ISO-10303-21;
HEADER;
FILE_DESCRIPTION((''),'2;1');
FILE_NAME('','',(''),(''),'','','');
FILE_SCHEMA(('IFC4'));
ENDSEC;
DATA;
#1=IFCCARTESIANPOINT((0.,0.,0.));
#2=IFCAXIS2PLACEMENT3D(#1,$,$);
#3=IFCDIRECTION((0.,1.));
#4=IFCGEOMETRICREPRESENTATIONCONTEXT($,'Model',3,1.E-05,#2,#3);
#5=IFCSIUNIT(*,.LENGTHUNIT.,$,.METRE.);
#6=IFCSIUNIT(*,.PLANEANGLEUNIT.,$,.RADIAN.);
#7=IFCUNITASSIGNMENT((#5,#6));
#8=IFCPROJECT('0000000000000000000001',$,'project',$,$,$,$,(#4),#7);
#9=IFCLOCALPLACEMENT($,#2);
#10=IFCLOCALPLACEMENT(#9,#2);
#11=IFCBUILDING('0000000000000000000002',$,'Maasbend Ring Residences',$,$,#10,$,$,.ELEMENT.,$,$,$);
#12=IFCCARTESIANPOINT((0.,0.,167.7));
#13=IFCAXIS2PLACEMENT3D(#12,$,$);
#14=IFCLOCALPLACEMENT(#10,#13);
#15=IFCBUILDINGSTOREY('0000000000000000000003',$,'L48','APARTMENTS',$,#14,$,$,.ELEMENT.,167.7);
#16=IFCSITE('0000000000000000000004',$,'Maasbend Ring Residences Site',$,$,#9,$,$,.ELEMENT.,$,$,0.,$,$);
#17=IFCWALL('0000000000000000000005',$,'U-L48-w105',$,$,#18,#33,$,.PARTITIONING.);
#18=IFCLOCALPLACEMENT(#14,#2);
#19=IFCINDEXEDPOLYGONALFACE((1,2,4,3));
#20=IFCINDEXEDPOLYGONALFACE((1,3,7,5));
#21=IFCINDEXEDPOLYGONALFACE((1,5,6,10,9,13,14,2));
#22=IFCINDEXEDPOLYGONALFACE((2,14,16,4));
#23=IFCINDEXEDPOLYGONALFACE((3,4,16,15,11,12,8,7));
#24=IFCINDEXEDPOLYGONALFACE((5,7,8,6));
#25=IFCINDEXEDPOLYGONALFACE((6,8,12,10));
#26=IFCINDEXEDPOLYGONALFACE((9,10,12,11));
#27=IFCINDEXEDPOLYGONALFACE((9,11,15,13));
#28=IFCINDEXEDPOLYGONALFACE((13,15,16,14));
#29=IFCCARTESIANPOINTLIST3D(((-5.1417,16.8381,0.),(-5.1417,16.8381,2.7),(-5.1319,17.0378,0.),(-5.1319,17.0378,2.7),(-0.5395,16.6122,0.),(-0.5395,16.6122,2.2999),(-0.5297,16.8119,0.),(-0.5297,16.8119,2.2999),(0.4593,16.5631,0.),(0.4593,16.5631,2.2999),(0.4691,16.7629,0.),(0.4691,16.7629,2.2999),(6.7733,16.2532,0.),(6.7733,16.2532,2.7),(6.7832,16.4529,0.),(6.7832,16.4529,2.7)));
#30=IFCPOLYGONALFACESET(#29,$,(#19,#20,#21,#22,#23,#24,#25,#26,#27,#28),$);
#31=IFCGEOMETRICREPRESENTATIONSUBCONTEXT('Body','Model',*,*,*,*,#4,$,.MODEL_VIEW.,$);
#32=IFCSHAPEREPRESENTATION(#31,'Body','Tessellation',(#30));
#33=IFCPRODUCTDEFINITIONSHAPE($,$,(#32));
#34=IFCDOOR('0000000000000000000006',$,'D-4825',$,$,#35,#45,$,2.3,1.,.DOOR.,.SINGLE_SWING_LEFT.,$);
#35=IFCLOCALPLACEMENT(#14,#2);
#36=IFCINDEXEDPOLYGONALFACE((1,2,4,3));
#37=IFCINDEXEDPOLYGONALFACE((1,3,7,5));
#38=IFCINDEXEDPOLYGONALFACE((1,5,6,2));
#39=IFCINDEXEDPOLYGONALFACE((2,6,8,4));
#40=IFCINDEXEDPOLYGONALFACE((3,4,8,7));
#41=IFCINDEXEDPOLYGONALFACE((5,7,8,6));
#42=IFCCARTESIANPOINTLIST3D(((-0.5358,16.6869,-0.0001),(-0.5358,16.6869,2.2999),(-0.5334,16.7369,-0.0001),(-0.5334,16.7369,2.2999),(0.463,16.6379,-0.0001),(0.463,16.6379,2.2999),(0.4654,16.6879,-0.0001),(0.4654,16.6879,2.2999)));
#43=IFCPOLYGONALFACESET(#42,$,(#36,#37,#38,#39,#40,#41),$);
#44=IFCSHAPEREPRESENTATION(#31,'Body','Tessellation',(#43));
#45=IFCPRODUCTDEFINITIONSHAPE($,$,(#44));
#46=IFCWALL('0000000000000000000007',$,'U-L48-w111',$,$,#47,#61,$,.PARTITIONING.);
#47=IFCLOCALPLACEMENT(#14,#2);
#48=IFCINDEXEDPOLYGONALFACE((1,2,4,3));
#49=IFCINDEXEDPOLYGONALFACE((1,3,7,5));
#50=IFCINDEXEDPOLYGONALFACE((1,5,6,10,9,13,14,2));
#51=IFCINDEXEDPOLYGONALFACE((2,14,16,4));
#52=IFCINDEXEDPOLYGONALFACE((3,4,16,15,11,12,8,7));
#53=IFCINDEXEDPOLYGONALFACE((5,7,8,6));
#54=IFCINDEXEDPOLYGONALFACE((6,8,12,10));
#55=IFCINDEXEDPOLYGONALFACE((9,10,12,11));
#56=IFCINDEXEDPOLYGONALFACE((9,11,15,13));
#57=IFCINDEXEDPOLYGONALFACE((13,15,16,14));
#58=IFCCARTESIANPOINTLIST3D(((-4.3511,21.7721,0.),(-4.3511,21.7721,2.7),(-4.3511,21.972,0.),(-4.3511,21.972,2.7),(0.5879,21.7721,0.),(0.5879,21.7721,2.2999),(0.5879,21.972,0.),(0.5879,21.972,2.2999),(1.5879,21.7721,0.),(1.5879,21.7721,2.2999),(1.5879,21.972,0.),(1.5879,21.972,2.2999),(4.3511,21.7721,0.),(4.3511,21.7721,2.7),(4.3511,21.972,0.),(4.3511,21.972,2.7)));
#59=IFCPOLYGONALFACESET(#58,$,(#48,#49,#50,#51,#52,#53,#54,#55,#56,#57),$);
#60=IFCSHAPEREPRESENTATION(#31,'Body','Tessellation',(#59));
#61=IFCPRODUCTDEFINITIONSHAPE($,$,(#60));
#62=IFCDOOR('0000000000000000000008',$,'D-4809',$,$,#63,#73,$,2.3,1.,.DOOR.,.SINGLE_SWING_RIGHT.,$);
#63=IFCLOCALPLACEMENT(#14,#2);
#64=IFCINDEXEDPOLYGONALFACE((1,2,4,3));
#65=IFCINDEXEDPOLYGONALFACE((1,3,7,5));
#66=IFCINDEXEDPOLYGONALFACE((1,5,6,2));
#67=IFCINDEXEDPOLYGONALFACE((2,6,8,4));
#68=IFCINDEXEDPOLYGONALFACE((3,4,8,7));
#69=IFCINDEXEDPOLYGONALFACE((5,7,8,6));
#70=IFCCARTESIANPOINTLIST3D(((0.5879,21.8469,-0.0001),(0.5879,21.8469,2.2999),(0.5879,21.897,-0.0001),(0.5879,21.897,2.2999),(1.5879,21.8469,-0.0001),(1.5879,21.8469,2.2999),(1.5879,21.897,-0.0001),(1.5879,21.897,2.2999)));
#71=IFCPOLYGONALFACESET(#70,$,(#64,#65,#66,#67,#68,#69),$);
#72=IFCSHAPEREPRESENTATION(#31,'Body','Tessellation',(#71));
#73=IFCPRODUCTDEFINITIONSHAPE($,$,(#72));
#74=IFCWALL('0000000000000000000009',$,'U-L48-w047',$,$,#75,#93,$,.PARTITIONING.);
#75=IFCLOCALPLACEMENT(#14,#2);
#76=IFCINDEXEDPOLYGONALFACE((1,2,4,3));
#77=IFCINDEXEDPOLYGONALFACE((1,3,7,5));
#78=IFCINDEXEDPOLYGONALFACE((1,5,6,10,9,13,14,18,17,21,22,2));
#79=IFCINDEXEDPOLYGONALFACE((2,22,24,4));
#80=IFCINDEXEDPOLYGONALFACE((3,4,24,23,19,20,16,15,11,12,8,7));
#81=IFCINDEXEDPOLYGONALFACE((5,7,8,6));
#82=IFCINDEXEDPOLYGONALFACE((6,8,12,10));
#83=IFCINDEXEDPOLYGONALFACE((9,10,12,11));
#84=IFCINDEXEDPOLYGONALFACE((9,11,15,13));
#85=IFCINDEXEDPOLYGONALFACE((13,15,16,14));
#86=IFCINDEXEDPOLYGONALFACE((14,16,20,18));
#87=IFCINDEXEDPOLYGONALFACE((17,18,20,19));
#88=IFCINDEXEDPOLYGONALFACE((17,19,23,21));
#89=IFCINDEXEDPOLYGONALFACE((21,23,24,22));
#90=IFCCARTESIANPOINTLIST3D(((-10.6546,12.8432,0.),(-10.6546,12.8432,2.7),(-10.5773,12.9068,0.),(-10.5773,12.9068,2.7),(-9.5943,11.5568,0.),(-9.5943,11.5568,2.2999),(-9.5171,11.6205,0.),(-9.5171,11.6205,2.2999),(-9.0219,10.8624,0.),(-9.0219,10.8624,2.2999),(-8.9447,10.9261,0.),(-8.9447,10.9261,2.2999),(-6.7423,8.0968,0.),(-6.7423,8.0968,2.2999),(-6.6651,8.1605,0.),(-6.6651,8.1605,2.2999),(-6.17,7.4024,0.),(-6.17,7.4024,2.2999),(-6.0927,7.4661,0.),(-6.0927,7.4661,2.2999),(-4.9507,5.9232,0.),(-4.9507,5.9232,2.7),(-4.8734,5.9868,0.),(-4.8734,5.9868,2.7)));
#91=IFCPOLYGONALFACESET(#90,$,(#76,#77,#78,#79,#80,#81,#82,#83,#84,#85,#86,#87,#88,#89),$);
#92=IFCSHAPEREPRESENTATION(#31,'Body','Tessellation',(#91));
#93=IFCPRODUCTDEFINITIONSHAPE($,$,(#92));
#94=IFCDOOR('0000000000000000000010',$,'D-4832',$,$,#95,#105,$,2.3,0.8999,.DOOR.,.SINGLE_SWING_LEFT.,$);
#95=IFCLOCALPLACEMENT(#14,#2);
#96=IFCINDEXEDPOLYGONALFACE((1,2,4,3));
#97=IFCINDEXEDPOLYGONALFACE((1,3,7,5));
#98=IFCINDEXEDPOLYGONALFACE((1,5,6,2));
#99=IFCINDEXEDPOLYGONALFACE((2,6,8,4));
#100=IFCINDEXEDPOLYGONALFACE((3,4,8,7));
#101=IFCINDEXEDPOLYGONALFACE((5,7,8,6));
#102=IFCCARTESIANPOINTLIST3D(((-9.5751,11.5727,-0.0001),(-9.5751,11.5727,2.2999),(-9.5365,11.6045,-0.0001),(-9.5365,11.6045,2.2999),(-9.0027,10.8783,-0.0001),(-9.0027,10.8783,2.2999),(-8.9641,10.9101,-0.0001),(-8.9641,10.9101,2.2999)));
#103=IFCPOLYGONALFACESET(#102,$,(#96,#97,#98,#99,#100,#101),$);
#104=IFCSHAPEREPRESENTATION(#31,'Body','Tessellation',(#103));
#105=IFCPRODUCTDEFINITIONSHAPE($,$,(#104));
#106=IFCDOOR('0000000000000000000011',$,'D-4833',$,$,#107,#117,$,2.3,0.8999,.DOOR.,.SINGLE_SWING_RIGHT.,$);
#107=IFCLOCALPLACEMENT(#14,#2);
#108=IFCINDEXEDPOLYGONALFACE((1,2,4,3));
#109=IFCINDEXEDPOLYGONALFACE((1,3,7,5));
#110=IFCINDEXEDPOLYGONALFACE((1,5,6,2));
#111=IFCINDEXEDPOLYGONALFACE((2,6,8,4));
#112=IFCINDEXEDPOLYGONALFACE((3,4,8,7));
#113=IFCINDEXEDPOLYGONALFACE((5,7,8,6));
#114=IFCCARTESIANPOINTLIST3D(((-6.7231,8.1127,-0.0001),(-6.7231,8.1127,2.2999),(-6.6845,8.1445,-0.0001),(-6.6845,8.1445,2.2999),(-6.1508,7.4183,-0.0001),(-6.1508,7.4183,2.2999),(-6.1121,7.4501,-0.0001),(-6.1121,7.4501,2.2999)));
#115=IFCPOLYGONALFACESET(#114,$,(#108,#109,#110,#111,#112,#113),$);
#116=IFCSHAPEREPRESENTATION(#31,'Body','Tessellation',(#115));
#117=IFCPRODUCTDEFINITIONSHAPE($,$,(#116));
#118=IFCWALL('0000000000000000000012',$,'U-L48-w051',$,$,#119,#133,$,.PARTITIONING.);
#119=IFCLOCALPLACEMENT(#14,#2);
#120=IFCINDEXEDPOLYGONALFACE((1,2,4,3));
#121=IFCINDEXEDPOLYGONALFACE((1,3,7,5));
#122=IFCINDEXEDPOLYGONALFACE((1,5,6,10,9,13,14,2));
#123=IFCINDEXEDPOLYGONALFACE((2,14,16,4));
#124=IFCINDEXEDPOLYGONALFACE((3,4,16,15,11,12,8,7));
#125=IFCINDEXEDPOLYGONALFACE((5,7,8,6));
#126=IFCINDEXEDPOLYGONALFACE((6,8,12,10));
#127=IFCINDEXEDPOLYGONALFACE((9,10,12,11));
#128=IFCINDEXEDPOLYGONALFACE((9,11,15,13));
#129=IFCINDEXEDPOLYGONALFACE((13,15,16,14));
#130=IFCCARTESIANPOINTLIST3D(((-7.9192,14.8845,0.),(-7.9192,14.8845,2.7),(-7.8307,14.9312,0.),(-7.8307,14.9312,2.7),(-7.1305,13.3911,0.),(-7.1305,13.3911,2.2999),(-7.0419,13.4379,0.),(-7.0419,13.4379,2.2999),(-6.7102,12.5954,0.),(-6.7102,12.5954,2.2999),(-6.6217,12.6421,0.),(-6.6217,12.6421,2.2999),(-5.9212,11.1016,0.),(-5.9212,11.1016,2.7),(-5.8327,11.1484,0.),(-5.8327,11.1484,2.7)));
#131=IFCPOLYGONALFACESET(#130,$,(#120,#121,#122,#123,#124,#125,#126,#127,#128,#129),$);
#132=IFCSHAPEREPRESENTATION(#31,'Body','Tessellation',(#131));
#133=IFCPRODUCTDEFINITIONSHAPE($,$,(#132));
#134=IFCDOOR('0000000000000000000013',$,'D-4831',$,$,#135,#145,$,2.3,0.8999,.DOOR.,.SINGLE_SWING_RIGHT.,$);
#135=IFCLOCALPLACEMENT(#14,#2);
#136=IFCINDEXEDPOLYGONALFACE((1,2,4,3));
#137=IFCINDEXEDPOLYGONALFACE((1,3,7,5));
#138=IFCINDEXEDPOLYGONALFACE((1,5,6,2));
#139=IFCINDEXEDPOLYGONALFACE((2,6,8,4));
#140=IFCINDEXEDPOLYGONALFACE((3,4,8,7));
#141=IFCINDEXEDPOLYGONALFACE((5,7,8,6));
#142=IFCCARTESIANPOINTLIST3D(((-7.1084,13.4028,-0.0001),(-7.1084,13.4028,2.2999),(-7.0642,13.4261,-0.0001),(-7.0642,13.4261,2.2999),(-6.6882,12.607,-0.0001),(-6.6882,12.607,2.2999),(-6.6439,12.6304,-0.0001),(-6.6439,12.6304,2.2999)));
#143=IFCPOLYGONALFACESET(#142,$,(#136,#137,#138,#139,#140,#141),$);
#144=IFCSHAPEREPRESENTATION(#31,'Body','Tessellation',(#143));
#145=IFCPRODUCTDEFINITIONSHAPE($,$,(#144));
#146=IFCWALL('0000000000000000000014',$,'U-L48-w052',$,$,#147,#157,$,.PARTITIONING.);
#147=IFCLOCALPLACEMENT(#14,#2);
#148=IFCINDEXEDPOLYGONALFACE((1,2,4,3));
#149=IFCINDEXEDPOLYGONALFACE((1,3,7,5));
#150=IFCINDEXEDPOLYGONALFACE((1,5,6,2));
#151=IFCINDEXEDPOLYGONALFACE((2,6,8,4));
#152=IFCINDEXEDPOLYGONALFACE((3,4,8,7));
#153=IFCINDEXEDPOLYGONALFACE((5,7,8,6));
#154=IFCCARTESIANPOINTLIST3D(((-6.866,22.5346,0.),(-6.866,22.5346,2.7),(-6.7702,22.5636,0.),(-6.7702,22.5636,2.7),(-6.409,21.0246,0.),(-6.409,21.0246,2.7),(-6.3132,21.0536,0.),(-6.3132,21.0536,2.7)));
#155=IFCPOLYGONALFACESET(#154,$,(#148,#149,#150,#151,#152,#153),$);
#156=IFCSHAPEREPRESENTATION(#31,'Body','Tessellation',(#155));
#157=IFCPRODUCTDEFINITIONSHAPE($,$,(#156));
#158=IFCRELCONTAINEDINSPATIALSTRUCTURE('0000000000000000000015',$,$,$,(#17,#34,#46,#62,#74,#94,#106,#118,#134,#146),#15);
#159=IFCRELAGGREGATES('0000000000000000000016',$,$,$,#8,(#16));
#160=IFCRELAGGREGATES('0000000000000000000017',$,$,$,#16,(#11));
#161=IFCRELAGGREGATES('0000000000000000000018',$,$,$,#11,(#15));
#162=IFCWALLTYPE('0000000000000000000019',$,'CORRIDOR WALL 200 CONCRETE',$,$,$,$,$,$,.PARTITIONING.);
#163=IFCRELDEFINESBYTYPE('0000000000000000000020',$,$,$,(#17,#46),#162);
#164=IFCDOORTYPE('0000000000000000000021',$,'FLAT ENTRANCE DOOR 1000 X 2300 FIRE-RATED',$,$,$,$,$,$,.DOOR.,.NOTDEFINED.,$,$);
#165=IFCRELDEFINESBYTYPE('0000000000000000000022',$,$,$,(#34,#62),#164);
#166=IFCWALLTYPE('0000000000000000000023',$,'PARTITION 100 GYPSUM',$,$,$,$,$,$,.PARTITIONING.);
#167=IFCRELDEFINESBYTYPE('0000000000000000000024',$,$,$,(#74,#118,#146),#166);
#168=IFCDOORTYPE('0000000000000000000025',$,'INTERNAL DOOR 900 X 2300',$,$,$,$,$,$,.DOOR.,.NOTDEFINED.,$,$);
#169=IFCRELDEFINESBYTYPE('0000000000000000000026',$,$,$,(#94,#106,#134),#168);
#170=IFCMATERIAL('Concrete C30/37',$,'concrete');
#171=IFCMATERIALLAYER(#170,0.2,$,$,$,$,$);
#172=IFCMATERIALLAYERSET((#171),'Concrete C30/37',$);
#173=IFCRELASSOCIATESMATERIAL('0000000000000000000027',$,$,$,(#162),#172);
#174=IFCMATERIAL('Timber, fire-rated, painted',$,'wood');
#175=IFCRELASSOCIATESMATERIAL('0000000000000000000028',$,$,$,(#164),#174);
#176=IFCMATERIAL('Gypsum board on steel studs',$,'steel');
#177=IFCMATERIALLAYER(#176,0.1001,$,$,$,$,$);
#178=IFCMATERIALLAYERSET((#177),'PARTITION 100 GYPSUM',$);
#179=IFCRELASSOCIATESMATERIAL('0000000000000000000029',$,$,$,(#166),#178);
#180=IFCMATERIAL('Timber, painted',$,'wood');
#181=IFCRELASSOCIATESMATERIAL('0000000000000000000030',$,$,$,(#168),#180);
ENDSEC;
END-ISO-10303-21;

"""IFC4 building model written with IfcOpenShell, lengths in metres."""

from ifc_helpers import new_model, si_unit, direction, frame, frame_2d, origin, place, context, subcontext, project, spatial, rectangle, extrude, material, layer, layer_set, type_object, element, fill, save


model = new_model("IFC4")

# Units and contexts
model_context = context("Model", 3, precision=1e-05, world=origin(), true_north=direction((0.0, 1.0)))
body_context = subcontext(model_context, "Body", "Model", "MODEL_VIEW")
ifc_project = project(units=[si_unit("LENGTHUNIT", "METRE"), si_unit("PLANEANGLEUNIT", "RADIAN")], contexts=[model_context])

# Site, building, storey
site_placement = place(None, origin())
site = spatial("IfcSite", under=ifc_project, at=site_placement, Name="Maasbend Ring Residences Site", CompositionType="ELEMENT", RefElevation=0.0)
building_placement = place(site_placement, origin())
building = spatial("IfcBuilding", under=site, at=building_placement, Name="Maasbend Ring Residences", CompositionType="ELEMENT")
storey_placement = place(building_placement, frame((0.0, 0.0, 167.7)))
storey = spatial("IfcBuildingStorey", under=building, at=storey_placement, Name="L48", Description="APARTMENTS", CompositionType="ELEMENT", Elevation=167.7)

# Walls, openings, doors
ifc_material_1 = material(Name="Concrete C30/37", Category="concrete")
ifc_layer_1 = layer(ifc_material_1, 0.2)
ifc_layer_set_1 = layer_set([ifc_layer_1], Name="Concrete C30/37")
wall_type_1 = type_object("IfcWallType", Name="CORRIDOR WALL 200 CONCRETE", PredefinedType="PARTITIONING", material=ifc_layer_set_1)
wall_1_placement = place(storey_placement, frame((-5.137, 16.938, 0.0), z_axis=(0.0, 0.0, 1.0), x_axis=(0.998797, -0.049035, 0.0)))
wall_1 = element("IfcWall", 1, at=wall_1_placement, inside=storey, type_object=wall_type_1, Name="U-L48-w105", PredefinedType="PARTITIONING", context=body_context, shape_type="SweptSolid", body=[
    extrude(rectangle(XDim=11.9294, YDim=0.2, at=frame_2d((5.9648, 0.0))), origin(), (0.0, 0.0, 1.0), 2.7),
])
opening_1_placement = place(wall_1_placement, frame((4.6079, 0.0, 0.0)))
opening_1 = element("IfcOpeningElement", 2, at=opening_1_placement, cuts=wall_1, PredefinedType="OPENING", context=body_context, shape_type="SweptSolid", body=[
    extrude(rectangle(XDim=1.0, YDim=2.3, at=frame_2d((0.5, 1.1499))), frame((0.0, 0.1099, 0.0), z_axis=(0.0, -1.0, 0.0), x_axis=(1.0, 0.0, 0.0)), (0.0, 0.0, 1.0), 0.22),
])
ifc_material_2 = material(Name="Timber, fire-rated, painted", Category="wood")
door_type_1 = type_object("IfcDoorType", Name="FLAT ENTRANCE DOOR 1000 X 2300 FIRE-RATED", OperationType="NOTDEFINED", PredefinedType="DOOR", material=ifc_material_2)
door_1_placement = place(opening_1_placement, origin())
door_1 = element("IfcDoor", 3, at=door_1_placement, inside=storey, type_object=door_type_1, Name="D-4825", OperationType="SINGLE_SWING_LEFT", OverallHeight=2.3, OverallWidth=1.0, PredefinedType="DOOR", context=body_context, shape_type="SweptSolid", body=[
    extrude(rectangle(XDim=1.0, YDim=2.3, at=frame_2d((0.5, 1.1499))), frame((0.0, 0.0249, 0.0), z_axis=(0.0, -1.0, 0.0), x_axis=(1.0, 0.0, 0.0)), (0.0, 0.0, 1.0), 0.05),
])
fill(opening_1, door_1)
wall_2_placement = place(storey_placement, frame((-4.3511, 21.8721, 0.0), z_axis=(0.0, 0.0, 1.0), x_axis=(1.0, 0.0, 0.0)))
wall_2 = element("IfcWall", 4, at=wall_2_placement, inside=storey, type_object=wall_type_1, Name="U-L48-w111", PredefinedType="PARTITIONING", context=body_context, shape_type="SweptSolid", body=[
    extrude(rectangle(XDim=8.7021, YDim=0.2, at=frame_2d((4.3511, 0.0))), origin(), (0.0, 0.0, 1.0), 2.7),
])
opening_2_placement = place(wall_2_placement, frame((4.939, 0.0, 0.0)))
opening_2 = element("IfcOpeningElement", 5, at=opening_2_placement, cuts=wall_2, PredefinedType="OPENING", context=body_context, shape_type="SweptSolid", body=[
    extrude(rectangle(XDim=1.0, YDim=2.3, at=frame_2d((0.5, 1.1499))), frame((0.0, 0.1099, 0.0), z_axis=(0.0, -1.0, 0.0), x_axis=(1.0, 0.0, 0.0)), (0.0, 0.0, 1.0), 0.22),
])
door_2_placement = place(opening_2_placement, origin())
door_2 = element("IfcDoor", 6, at=door_2_placement, inside=storey, type_object=door_type_1, Name="D-4809", OperationType="SINGLE_SWING_RIGHT", OverallHeight=2.3, OverallWidth=1.0, PredefinedType="DOOR", context=body_context, shape_type="SweptSolid", body=[
    extrude(rectangle(XDim=1.0, YDim=2.3, at=frame_2d((0.5, 1.1499))), frame((0.0, 0.0249, 0.0), z_axis=(0.0, -1.0, 0.0), x_axis=(1.0, 0.0, 0.0)), (0.0, 0.0, 1.0), 0.05),
])
fill(opening_2, door_2)

# Wall, openings, doors
ifc_material_3 = material(Name="Gypsum board on steel studs", Category="steel")
ifc_layer_2 = layer(ifc_material_3, 0.1001)
ifc_layer_set_2 = layer_set([ifc_layer_2], Name="PARTITION 100 GYPSUM")
wall_type_2 = type_object("IfcWallType", Name="PARTITION 100 GYPSUM", PredefinedType="PARTITIONING", material=ifc_layer_set_2)
wall_3_placement = place(storey_placement, frame((-10.616, 12.875, 0.0), z_axis=(0.0, 0.0, 1.0), x_axis=(0.636046, -0.771651, 0.0)))
wall_3 = element("IfcWall", 7, at=wall_3_placement, inside=storey, type_object=wall_type_2, Name="U-L48-w047", PredefinedType="PARTITIONING", context=body_context, shape_type="SweptSolid", body=[
    extrude(rectangle(XDim=8.9678, YDim=0.1001, at=frame_2d((4.4839, 0.0))), origin(), (0.0, 0.0, 1.0), 2.7),
])
opening_3_placement = place(wall_3_placement, frame((1.667, 0.0, 0.0)))
opening_3 = element("IfcOpeningElement", 8, at=opening_3_placement, cuts=wall_3, PredefinedType="OPENING", context=body_context, shape_type="SweptSolid", body=[
    extrude(rectangle(XDim=0.8999, YDim=2.3, at=frame_2d((0.45, 1.1499))), frame((0.0, 0.0601, 0.0), z_axis=(0.0, -1.0, 0.0), x_axis=(1.0, 0.0, 0.0)), (0.0, 0.0, 1.0), 0.1201),
])
opening_4_placement = place(wall_3_placement, frame((6.1509, 0.0, 0.0)))
opening_4 = element("IfcOpeningElement", 9, at=opening_4_placement, cuts=wall_3, PredefinedType="OPENING", context=body_context, shape_type="SweptSolid", body=[
    extrude(rectangle(XDim=0.8999, YDim=2.3, at=frame_2d((0.45, 1.1499))), frame((0.0, 0.0601, 0.0), z_axis=(0.0, -1.0, 0.0), x_axis=(1.0, 0.0, 0.0)), (0.0, 0.0, 1.0), 0.1201),
])
ifc_material_4 = material(Name="Timber, painted", Category="wood")
door_type_2 = type_object("IfcDoorType", Name="INTERNAL DOOR 900 X 2300", OperationType="NOTDEFINED", PredefinedType="DOOR", material=ifc_material_4)
door_3_placement = place(opening_3_placement, origin())
door_3 = element("IfcDoor", 10, at=door_3_placement, inside=storey, type_object=door_type_2, Name="D-4832", OperationType="SINGLE_SWING_LEFT", OverallHeight=2.3, OverallWidth=0.8999, PredefinedType="DOOR", context=body_context, shape_type="SweptSolid", body=[
    extrude(rectangle(XDim=0.8999, YDim=2.3, at=frame_2d((0.45, 1.1499))), frame((0.0, 0.0249, 0.0), z_axis=(0.0, -1.0, 0.0), x_axis=(1.0, 0.0, 0.0)), (0.0, 0.0, 1.0), 0.05),
])
fill(opening_3, door_3)
door_4_placement = place(opening_4_placement, origin())
door_4 = element("IfcDoor", 11, at=door_4_placement, inside=storey, type_object=door_type_2, Name="D-4833", OperationType="SINGLE_SWING_RIGHT", OverallHeight=2.3, OverallWidth=0.8999, PredefinedType="DOOR", context=body_context, shape_type="SweptSolid", body=[
    extrude(rectangle(XDim=0.8999, YDim=2.3, at=frame_2d((0.45, 1.1499))), frame((0.0, 0.0249, 0.0), z_axis=(0.0, -1.0, 0.0), x_axis=(1.0, 0.0, 0.0)), (0.0, 0.0, 1.0), 0.05),
])
fill(opening_4, door_4)

# Wall, opening, door
wall_4_placement = place(storey_placement, frame((-7.875, 14.908, 0.0), z_axis=(0.0, 0.0, 1.0), x_axis=(0.46703, -0.884241, 0.0)))
wall_4 = element("IfcWall", 12, at=wall_4_placement, inside=storey, type_object=wall_type_2, Name="U-L48-w051", PredefinedType="PARTITIONING", context=body_context, shape_type="SweptSolid", body=[
    extrude(rectangle(XDim=4.2781, YDim=0.1001, at=frame_2d((2.1392, 0.0))), origin(), (0.0, 0.0, 1.0), 2.7),
])
opening_5_placement = place(wall_4_placement, frame((1.689, 0.0, 0.0)))
opening_5 = element("IfcOpeningElement", 13, at=opening_5_placement, cuts=wall_4, PredefinedType="OPENING", context=body_context, shape_type="SweptSolid", body=[
    extrude(rectangle(XDim=0.8999, YDim=2.3, at=frame_2d((0.45, 1.1499))), frame((0.0, 0.0601, 0.0), z_axis=(0.0, -1.0, 0.0), x_axis=(1.0, 0.0, 0.0)), (0.0, 0.0, 1.0), 0.1201),
])
door_5_placement = place(opening_5_placement, origin())
door_5 = element("IfcDoor", 14, at=door_5_placement, inside=storey, type_object=door_type_2, Name="D-4831", OperationType="SINGLE_SWING_RIGHT", OverallHeight=2.3, OverallWidth=0.8999, PredefinedType="DOOR", context=body_context, shape_type="SweptSolid", body=[
    extrude(rectangle(XDim=0.8999, YDim=2.3, at=frame_2d((0.45, 1.1499))), frame((0.0, 0.0249, 0.0), z_axis=(0.0, -1.0, 0.0), x_axis=(1.0, 0.0, 0.0)), (0.0, 0.0, 1.0), 0.05),
])
fill(opening_5, door_5)

# Wall
wall_5_placement = place(storey_placement, frame((-6.8181, 22.5491, 0.0), z_axis=(0.0, 0.0, 1.0), x_axis=(0.28969, -0.957121, 0.0)))
element("IfcWall", 15, at=wall_5_placement, inside=storey, type_object=wall_type_2, Name="U-L48-w052", PredefinedType="PARTITIONING", context=body_context, shape_type="SweptSolid", body=[
    extrude(rectangle(XDim=1.5776, YDim=0.1001, at=frame_2d((0.7888, 0.0))), origin(), (0.0, 0.0, 1.0), 2.7),
])

save(model, "model.ifc")
